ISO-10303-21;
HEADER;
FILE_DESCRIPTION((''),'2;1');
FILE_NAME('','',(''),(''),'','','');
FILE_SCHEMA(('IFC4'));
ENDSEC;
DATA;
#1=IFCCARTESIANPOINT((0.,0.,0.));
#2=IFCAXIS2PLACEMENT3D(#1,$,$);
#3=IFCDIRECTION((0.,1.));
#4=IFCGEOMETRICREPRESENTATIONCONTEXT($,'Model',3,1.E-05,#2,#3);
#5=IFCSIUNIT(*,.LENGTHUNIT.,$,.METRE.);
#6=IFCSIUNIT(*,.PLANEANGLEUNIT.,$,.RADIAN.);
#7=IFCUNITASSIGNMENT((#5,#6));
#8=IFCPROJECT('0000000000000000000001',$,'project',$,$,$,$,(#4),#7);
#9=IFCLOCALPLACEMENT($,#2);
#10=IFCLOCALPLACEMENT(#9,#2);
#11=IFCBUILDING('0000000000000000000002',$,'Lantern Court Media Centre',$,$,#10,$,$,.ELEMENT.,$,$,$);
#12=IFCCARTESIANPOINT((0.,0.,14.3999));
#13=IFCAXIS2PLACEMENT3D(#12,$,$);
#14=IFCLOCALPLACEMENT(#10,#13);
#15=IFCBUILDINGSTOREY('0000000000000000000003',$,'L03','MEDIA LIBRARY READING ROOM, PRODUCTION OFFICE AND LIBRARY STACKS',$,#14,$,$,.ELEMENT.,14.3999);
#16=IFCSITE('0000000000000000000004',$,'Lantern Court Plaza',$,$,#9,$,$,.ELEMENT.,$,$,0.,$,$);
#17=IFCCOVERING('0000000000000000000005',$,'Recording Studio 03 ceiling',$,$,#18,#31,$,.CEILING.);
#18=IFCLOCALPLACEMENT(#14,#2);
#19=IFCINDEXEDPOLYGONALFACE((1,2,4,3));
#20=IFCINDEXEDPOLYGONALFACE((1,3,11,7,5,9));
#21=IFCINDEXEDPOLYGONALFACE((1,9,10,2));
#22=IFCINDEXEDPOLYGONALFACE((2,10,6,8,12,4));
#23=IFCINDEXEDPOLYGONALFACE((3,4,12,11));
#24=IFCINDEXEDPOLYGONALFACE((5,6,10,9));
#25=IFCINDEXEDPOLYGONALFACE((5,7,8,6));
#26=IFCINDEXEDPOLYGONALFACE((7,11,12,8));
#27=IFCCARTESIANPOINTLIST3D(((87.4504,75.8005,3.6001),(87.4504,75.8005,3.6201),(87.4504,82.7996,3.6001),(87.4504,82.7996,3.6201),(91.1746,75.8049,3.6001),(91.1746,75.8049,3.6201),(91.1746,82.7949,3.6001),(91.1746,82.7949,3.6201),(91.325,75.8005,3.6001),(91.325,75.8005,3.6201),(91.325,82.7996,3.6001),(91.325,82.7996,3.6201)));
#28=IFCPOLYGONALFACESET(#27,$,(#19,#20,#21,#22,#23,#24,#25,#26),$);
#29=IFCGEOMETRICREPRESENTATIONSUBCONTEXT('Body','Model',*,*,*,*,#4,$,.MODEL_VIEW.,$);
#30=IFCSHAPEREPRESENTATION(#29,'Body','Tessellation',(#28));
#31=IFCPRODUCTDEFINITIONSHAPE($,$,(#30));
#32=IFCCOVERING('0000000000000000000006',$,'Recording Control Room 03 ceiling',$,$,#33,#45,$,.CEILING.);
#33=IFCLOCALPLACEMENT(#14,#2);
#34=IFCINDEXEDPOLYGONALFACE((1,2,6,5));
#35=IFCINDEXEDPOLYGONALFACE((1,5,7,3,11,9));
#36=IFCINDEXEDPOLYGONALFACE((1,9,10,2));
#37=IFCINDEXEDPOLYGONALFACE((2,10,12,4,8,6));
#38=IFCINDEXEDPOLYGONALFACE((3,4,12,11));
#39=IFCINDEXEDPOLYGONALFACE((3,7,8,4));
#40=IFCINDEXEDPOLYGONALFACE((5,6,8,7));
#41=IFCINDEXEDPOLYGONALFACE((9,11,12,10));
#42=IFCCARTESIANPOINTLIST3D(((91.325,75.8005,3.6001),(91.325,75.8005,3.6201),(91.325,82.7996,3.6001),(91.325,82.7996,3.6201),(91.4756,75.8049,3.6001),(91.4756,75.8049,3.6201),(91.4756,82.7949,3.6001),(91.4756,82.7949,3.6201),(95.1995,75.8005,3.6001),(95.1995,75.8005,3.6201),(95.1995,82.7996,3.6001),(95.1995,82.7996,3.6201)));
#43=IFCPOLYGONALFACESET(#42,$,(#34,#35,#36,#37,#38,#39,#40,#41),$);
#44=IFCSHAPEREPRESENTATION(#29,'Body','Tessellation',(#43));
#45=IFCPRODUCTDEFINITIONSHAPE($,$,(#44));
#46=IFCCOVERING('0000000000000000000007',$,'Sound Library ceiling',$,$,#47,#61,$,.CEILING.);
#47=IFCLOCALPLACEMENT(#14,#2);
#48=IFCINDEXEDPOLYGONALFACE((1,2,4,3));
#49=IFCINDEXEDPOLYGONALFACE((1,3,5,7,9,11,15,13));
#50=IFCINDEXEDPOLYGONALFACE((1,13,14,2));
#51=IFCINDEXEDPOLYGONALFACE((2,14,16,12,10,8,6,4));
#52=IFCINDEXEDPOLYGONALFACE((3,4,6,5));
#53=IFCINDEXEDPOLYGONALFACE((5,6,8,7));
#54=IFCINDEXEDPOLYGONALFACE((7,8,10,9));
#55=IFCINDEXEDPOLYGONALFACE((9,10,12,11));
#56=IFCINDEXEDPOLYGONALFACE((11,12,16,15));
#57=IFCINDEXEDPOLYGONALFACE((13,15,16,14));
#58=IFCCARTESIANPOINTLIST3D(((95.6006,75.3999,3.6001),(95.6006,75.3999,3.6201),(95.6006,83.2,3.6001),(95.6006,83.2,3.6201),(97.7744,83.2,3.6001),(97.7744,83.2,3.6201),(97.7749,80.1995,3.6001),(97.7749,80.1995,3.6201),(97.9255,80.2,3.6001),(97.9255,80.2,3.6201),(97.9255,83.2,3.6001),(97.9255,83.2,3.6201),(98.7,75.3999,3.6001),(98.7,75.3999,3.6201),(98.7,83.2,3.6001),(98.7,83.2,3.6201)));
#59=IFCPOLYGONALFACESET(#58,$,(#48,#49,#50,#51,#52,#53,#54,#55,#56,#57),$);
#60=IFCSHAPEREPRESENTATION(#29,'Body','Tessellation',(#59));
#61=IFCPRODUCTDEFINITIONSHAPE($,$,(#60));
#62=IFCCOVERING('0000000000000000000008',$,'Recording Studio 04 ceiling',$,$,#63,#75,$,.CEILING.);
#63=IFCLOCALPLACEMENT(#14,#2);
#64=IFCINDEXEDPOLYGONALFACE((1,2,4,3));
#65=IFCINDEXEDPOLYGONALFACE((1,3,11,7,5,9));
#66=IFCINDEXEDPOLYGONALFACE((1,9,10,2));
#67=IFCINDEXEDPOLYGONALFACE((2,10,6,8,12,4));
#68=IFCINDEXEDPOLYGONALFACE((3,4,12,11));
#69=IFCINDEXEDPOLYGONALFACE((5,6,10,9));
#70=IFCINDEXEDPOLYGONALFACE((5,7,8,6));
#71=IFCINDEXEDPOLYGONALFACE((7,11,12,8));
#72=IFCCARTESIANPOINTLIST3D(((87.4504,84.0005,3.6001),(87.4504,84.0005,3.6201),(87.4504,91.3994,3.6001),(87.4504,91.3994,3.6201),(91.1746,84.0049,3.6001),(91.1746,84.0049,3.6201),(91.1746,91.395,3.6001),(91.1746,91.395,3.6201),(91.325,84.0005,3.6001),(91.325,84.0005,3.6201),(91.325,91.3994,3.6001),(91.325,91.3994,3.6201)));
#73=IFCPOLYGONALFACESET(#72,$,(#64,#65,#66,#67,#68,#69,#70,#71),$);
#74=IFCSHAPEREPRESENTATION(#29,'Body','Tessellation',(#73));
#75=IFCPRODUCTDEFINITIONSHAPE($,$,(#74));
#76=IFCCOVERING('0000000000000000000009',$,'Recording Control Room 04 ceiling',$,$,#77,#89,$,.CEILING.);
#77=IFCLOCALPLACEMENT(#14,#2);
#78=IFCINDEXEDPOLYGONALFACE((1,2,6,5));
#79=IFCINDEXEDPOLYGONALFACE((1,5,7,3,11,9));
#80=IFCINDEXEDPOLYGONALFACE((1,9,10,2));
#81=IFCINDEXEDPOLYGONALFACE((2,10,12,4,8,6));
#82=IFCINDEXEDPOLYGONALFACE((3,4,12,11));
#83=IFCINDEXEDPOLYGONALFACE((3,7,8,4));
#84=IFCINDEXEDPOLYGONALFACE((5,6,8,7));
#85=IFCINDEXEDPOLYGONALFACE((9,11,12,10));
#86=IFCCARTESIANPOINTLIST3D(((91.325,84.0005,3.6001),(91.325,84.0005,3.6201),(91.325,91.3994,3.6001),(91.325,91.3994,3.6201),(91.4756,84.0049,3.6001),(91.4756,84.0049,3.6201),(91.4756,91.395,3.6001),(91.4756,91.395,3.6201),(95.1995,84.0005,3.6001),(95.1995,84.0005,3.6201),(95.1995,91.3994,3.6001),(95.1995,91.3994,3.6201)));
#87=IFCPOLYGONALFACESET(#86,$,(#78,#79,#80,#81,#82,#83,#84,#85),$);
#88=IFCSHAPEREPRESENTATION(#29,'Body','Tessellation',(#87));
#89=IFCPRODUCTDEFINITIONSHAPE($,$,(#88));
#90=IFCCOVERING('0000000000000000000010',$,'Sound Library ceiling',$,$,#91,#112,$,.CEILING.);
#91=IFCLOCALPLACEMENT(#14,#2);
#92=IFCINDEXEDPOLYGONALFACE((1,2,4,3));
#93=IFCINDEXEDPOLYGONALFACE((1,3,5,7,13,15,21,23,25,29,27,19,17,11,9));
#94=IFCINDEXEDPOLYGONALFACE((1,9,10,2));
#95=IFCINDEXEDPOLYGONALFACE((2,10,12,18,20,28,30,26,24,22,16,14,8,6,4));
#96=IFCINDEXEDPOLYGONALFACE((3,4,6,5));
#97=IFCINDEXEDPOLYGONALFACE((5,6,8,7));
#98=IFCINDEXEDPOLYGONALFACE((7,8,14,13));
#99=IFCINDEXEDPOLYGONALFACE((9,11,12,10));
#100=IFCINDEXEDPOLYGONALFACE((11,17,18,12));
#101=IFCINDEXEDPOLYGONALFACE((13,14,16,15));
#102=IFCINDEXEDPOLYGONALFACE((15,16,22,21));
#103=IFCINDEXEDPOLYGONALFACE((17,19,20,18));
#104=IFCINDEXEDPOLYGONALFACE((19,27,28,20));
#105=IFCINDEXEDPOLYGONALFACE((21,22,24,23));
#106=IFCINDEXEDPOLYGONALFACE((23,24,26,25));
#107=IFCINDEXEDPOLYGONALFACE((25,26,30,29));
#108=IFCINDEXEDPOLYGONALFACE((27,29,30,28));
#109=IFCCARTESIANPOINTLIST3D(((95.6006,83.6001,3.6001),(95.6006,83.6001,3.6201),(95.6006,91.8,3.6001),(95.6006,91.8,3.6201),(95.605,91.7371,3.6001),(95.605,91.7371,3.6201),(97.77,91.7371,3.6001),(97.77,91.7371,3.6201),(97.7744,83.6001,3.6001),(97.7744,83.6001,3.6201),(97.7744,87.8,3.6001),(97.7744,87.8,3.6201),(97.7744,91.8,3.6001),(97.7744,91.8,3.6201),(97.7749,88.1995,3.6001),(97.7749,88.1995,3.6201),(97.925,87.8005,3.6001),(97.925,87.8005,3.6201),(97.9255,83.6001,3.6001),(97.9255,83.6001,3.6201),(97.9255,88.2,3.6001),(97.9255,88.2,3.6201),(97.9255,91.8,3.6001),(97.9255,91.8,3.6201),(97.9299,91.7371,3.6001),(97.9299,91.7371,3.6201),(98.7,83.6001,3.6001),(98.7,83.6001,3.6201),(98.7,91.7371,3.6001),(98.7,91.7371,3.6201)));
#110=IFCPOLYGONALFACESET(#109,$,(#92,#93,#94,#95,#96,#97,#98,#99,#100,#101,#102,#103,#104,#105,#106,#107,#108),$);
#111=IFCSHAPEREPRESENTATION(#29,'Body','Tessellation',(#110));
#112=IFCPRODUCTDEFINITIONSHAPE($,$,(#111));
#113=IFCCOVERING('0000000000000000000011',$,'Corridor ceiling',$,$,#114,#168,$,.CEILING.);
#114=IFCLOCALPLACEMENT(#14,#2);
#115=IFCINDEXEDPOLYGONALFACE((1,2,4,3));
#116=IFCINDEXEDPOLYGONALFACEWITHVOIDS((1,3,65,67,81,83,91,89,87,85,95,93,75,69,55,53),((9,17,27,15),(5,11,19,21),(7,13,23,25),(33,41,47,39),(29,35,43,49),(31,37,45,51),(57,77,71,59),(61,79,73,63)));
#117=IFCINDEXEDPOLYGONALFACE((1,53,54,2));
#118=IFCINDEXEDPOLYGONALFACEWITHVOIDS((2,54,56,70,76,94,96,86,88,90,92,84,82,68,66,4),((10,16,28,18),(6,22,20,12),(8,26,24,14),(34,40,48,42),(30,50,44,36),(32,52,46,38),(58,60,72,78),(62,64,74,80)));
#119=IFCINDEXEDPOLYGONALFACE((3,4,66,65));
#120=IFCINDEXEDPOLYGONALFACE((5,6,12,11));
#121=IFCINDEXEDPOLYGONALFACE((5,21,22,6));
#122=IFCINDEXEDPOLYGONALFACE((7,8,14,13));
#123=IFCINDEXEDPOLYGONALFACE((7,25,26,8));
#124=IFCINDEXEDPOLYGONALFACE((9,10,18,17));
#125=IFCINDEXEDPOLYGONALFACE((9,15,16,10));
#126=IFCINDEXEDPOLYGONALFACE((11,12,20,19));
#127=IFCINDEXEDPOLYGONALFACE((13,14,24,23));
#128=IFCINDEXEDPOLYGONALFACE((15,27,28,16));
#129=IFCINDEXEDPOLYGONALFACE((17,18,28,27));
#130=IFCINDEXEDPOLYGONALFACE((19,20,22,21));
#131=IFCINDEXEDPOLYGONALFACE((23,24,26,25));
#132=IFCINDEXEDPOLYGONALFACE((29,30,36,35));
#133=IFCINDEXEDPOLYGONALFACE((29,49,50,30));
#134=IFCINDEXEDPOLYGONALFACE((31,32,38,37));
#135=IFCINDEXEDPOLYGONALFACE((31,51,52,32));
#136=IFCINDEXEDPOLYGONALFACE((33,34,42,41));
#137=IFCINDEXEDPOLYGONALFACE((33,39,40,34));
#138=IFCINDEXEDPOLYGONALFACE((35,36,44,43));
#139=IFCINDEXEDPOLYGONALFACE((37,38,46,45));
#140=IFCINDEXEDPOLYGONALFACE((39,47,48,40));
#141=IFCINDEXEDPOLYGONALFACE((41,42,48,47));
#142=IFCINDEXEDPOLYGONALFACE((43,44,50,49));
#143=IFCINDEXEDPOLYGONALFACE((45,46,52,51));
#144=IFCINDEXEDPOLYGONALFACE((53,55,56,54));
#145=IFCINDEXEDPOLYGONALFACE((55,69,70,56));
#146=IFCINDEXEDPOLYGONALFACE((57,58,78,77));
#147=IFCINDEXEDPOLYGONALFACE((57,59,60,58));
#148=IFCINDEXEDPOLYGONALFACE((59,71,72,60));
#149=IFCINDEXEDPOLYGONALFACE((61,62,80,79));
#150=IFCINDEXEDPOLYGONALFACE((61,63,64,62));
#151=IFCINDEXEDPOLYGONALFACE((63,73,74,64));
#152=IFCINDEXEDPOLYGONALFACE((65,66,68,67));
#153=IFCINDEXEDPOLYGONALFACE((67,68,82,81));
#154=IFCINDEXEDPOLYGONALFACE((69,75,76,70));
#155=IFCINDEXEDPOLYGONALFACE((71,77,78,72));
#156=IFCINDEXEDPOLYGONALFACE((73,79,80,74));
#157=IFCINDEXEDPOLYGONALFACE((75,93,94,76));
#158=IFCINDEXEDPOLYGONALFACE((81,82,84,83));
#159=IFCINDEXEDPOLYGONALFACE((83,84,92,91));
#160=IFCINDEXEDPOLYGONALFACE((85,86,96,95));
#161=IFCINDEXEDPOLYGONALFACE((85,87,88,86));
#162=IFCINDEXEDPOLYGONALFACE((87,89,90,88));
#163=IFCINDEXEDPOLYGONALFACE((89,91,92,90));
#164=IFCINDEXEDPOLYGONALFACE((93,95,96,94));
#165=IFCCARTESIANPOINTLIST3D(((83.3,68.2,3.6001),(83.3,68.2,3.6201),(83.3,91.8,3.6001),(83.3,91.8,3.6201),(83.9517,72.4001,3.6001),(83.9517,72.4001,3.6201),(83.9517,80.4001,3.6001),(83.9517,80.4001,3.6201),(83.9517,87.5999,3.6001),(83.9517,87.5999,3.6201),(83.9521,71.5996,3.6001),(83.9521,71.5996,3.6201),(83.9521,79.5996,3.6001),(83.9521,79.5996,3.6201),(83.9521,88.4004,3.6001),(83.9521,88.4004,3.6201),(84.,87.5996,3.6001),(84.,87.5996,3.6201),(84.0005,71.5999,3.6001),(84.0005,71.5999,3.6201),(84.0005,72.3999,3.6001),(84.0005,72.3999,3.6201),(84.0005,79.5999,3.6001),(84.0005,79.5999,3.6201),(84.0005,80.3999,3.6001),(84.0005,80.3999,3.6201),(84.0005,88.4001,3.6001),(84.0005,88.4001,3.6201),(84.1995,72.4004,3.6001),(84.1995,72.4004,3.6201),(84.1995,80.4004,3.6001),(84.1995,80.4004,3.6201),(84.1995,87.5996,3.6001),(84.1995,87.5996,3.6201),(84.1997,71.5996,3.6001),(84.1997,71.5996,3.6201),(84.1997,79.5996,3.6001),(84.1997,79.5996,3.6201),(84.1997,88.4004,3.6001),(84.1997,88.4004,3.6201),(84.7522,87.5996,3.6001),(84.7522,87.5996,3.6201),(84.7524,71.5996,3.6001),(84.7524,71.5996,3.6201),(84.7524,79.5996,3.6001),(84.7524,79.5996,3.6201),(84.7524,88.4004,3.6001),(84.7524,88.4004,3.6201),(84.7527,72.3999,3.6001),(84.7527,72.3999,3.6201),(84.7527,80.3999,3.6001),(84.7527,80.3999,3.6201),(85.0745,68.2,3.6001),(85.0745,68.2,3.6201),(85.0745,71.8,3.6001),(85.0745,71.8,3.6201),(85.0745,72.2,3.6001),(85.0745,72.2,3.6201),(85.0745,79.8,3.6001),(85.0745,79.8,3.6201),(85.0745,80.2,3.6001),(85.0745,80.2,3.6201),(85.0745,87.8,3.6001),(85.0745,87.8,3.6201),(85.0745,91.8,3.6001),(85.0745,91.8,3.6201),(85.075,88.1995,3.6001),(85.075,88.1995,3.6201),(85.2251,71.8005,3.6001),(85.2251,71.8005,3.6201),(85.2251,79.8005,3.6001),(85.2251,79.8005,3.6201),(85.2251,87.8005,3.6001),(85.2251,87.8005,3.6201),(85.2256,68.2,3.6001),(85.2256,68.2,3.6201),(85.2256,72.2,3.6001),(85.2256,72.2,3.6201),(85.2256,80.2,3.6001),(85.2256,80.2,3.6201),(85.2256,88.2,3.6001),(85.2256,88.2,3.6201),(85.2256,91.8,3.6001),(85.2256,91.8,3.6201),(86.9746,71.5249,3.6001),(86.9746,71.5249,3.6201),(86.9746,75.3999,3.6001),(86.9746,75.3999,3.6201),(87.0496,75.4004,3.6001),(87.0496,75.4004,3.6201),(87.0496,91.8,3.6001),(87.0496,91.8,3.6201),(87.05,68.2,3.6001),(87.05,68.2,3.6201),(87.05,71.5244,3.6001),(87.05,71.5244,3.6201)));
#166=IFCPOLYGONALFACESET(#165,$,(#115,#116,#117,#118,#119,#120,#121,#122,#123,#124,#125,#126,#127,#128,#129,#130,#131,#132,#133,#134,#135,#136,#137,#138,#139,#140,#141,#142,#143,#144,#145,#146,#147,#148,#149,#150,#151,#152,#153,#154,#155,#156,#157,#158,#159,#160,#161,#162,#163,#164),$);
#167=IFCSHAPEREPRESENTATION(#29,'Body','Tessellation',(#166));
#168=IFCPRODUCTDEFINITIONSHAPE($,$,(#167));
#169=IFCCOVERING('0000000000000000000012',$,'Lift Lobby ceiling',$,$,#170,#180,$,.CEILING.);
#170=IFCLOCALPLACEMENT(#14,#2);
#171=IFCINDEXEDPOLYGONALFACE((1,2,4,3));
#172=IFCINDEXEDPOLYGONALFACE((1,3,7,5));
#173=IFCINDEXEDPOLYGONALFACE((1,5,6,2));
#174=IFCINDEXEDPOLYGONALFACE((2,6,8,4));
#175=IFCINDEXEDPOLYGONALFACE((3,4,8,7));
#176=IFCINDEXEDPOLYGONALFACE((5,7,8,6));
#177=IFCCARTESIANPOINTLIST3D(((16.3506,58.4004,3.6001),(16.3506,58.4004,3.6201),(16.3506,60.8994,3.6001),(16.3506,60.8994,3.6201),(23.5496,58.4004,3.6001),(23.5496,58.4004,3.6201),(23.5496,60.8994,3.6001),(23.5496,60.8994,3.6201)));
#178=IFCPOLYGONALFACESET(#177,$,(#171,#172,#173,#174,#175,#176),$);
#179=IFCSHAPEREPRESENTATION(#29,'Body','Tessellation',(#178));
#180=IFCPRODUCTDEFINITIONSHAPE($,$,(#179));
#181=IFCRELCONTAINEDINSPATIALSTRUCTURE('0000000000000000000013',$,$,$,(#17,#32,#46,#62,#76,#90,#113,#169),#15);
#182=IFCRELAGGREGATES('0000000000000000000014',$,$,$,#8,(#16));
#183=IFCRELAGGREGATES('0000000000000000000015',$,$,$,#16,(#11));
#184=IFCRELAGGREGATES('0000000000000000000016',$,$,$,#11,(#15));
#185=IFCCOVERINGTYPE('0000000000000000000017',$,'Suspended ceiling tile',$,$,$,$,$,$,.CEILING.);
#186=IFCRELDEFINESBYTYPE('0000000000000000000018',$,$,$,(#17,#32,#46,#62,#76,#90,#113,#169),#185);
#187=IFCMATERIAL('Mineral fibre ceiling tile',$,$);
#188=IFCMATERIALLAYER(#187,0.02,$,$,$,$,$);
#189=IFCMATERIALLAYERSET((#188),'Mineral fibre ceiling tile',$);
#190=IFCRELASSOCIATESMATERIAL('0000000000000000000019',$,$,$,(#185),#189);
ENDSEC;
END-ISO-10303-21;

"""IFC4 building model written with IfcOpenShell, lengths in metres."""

from ifc_helpers import new_model, si_unit, direction, frame, origin, place, context, subcontext, project, spatial, polyline, outline, extrude, material, layer, layer_set, type_object, element, save


model = new_model("IFC4")

# Units and contexts
model_context = context("Model", 3, precision=1e-05, world=origin(), true_north=direction((0.0, 1.0)))
body_context = subcontext(model_context, "Body", "Model", "MODEL_VIEW")
ifc_project = project(units=[si_unit("LENGTHUNIT", "METRE"), si_unit("PLANEANGLEUNIT", "RADIAN")], contexts=[model_context])

# Site, building, storey
site_placement = place(None, origin())
site = spatial("IfcSite", under=ifc_project, at=site_placement, Name="Lantern Court Plaza", CompositionType="ELEMENT", RefElevation=0.0)
building_placement = place(site_placement, origin())
building = spatial("IfcBuilding", under=site, at=building_placement, Name="Lantern Court Media Centre", CompositionType="ELEMENT")
storey_placement = place(building_placement, frame((0.0, 0.0, 14.3999)))
storey = spatial("IfcBuildingStorey", under=building, at=storey_placement, Name="L03", Description="MEDIA LIBRARY READING ROOM, PRODUCTION OFFICE AND LIBRARY STACKS", CompositionType="ELEMENT", Elevation=14.3999)

# Coverings
ifc_material = material(Name="Mineral fibre ceiling tile")
ifc_layer = layer(ifc_material, 0.02)
ifc_layer_set = layer_set([ifc_layer], Name="Mineral fibre ceiling tile")
covering_type = type_object("IfcCoveringType", Name="Suspended ceiling tile", PredefinedType="CEILING", material=ifc_layer_set)
covering_1_placement = place(storey_placement, frame((0.0, 0.0, 3.6001)))
element("IfcCovering", 1, at=covering_1_placement, inside=storey, type_object=covering_type, Name="Recording Studio 03 ceiling", PredefinedType="CEILING", context=body_context, shape_type="SweptSolid", body=[
    extrude(outline(polyline([(91.325, 75.8005), (87.4504, 75.8005), (87.4504, 82.7996), (91.325, 82.7996), (91.1746, 82.7949), (91.1746, 75.8049), (91.325, 75.8005)])), origin(), (0.0, 0.0, 1.0), 0.02),
])
covering_2_placement = place(storey_placement, frame((0.0, 0.0, 3.6001)))
element("IfcCovering", 2, at=covering_2_placement, inside=storey, type_object=covering_type, Name="Recording Control Room 03 ceiling", PredefinedType="CEILING", context=body_context, shape_type="SweptSolid", body=[
    extrude(outline(polyline([(91.325, 82.7996), (95.1995, 82.7996), (95.1995, 75.8005), (91.325, 75.8005), (91.4756, 75.8049), (91.4756, 82.7949), (91.325, 82.7996)])), origin(), (0.0, 0.0, 1.0), 0.02),
])
covering_3_placement = place(storey_placement, frame((0.0, 0.0, 3.6001)))
element("IfcCovering", 3, at=covering_3_placement, inside=storey, type_object=covering_type, Name="Sound Library ceiling", PredefinedType="CEILING", context=body_context, shape_type="SweptSolid", body=[
    extrude(outline(polyline([(98.7, 83.2), (98.7, 75.3999), (95.6006, 75.3999), (95.6006, 83.2), (97.7744, 83.2), (97.7749, 80.1995), (97.9255, 80.2), (97.9255, 83.2), (98.7, 83.2)])), origin(), (0.0, 0.0, 1.0), 0.02),
])
covering_4_placement = place(storey_placement, frame((0.0, 0.0, 3.6001)))
element("IfcCovering", 4, at=covering_4_placement, inside=storey, type_object=covering_type, Name="Recording Studio 04 ceiling", PredefinedType="CEILING", context=body_context, shape_type="SweptSolid", body=[
    extrude(outline(polyline([(91.325, 84.0005), (87.4504, 84.0005), (87.4504, 91.3994), (91.325, 91.3994), (91.1746, 91.395), (91.1746, 84.0049), (91.325, 84.0005)])), origin(), (0.0, 0.0, 1.0), 0.02),
])
covering_5_placement = place(storey_placement, frame((0.0, 0.0, 3.6001)))
element("IfcCovering", 5, at=covering_5_placement, inside=storey, type_object=covering_type, Name="Recording Control Room 04 ceiling", PredefinedType="CEILING", context=body_context, shape_type="SweptSolid", body=[
    extrude(outline(polyline([(91.325, 91.3994), (95.1995, 91.3994), (95.1995, 84.0005), (91.325, 84.0005), (91.4756, 84.0049), (91.4756, 91.395), (91.325, 91.3994)])), origin(), (0.0, 0.0, 1.0), 0.02),
])
covering_6_placement = place(storey_placement, frame((0.0, 0.0, 3.6001)))
element("IfcCovering", 6, at=covering_6_placement, inside=storey, type_object=covering_type, Name="Sound Library ceiling", PredefinedType="CEILING", context=body_context, shape_type="SweptSolid", body=[
    extrude(outline(polyline([(98.7, 83.6001), (97.9255, 83.6001), (97.925, 87.8005), (97.7744, 87.8), (97.7744, 83.6001), (95.6006, 83.6001), (95.6006, 91.8), (95.605, 91.7371), (97.77, 91.7371), (97.7744, 91.8), (97.7749, 88.1995), (97.9255, 88.2), (97.9255, 91.8), (97.9299, 91.7371), (98.7, 91.7371), (98.7, 83.6001)])), origin(), (0.0, 0.0, 1.0), 0.02),
])
covering_7_placement = place(storey_placement, frame((0.0, 0.0, 3.6001)))
element("IfcCovering", 7, at=covering_7_placement, inside=storey, type_object=covering_type, Name="Corridor ceiling", PredefinedType="CEILING", context=body_context, shape_type="SweptSolid", body=[
    extrude(outline(polyline([(87.05, 68.2), (85.2256, 68.2), (85.2251, 71.8005), (85.0745, 71.8), (85.0745, 68.2), (83.3, 68.2), (83.3, 91.8), (85.0745, 91.8), (85.075, 88.1995), (85.2256, 88.2), (85.2256, 91.8), (87.0496, 91.8), (87.0496, 75.4004), (86.9746, 75.3999), (86.9746, 71.5249), (87.05, 71.5244), (87.05, 68.2)]), holes=[polyline([(85.0745, 72.2), (85.2256, 72.2), (85.2251, 79.8005), (85.0745, 79.8), (85.0745, 72.2)]), polyline([(85.0745, 80.2), (85.2256, 80.2), (85.2251, 87.8005), (85.0745, 87.8), (85.0745, 80.2)]), polyline([(84.7527, 80.3999), (84.1995, 80.4004), (84.1997, 79.5996), (84.7524, 79.5996), (84.7527, 80.3999)]), polyline([(84.7527, 72.3999), (84.1995, 72.4004), (84.1997, 71.5996), (84.7524, 71.5996), (84.7527, 72.3999)]), polyline([(84.7522, 87.5996), (84.7524, 88.4004), (84.1997, 88.4004), (84.1995, 87.5996), (84.7522, 87.5996)]), polyline([(84.0005, 80.3999), (83.9517, 80.4001), (83.9521, 79.5996), (84.0005, 79.5999), (84.0005, 80.3999)]), polyline([(84.0005, 72.3999), (83.9517, 72.4001), (83.9521, 71.5996), (84.0005, 71.5999), (84.0005, 72.3999)]), polyline([(83.9521, 88.4004), (83.9517, 87.5999), (84.0, 87.5996), (84.0005, 88.4001), (83.9521, 88.4004)])]), origin(), (0.0, 0.0, 1.0), 0.02),
])
covering_8_placement = place(storey_placement, frame((0.0, 0.0, 3.6001)))
element("IfcCovering", 8, at=covering_8_placement, inside=storey, type_object=covering_type, Name="Lift Lobby ceiling", PredefinedType="CEILING", context=body_context, shape_type="SweptSolid", body=[
    extrude(outline(polyline([(16.3506, 60.8994), (23.5496, 60.8994), (23.5496, 58.4004), (16.3506, 58.4004), (16.3506, 60.8994)])), origin(), (0.0, 0.0, 1.0), 0.02),
])

save(model, "model.ifc")
